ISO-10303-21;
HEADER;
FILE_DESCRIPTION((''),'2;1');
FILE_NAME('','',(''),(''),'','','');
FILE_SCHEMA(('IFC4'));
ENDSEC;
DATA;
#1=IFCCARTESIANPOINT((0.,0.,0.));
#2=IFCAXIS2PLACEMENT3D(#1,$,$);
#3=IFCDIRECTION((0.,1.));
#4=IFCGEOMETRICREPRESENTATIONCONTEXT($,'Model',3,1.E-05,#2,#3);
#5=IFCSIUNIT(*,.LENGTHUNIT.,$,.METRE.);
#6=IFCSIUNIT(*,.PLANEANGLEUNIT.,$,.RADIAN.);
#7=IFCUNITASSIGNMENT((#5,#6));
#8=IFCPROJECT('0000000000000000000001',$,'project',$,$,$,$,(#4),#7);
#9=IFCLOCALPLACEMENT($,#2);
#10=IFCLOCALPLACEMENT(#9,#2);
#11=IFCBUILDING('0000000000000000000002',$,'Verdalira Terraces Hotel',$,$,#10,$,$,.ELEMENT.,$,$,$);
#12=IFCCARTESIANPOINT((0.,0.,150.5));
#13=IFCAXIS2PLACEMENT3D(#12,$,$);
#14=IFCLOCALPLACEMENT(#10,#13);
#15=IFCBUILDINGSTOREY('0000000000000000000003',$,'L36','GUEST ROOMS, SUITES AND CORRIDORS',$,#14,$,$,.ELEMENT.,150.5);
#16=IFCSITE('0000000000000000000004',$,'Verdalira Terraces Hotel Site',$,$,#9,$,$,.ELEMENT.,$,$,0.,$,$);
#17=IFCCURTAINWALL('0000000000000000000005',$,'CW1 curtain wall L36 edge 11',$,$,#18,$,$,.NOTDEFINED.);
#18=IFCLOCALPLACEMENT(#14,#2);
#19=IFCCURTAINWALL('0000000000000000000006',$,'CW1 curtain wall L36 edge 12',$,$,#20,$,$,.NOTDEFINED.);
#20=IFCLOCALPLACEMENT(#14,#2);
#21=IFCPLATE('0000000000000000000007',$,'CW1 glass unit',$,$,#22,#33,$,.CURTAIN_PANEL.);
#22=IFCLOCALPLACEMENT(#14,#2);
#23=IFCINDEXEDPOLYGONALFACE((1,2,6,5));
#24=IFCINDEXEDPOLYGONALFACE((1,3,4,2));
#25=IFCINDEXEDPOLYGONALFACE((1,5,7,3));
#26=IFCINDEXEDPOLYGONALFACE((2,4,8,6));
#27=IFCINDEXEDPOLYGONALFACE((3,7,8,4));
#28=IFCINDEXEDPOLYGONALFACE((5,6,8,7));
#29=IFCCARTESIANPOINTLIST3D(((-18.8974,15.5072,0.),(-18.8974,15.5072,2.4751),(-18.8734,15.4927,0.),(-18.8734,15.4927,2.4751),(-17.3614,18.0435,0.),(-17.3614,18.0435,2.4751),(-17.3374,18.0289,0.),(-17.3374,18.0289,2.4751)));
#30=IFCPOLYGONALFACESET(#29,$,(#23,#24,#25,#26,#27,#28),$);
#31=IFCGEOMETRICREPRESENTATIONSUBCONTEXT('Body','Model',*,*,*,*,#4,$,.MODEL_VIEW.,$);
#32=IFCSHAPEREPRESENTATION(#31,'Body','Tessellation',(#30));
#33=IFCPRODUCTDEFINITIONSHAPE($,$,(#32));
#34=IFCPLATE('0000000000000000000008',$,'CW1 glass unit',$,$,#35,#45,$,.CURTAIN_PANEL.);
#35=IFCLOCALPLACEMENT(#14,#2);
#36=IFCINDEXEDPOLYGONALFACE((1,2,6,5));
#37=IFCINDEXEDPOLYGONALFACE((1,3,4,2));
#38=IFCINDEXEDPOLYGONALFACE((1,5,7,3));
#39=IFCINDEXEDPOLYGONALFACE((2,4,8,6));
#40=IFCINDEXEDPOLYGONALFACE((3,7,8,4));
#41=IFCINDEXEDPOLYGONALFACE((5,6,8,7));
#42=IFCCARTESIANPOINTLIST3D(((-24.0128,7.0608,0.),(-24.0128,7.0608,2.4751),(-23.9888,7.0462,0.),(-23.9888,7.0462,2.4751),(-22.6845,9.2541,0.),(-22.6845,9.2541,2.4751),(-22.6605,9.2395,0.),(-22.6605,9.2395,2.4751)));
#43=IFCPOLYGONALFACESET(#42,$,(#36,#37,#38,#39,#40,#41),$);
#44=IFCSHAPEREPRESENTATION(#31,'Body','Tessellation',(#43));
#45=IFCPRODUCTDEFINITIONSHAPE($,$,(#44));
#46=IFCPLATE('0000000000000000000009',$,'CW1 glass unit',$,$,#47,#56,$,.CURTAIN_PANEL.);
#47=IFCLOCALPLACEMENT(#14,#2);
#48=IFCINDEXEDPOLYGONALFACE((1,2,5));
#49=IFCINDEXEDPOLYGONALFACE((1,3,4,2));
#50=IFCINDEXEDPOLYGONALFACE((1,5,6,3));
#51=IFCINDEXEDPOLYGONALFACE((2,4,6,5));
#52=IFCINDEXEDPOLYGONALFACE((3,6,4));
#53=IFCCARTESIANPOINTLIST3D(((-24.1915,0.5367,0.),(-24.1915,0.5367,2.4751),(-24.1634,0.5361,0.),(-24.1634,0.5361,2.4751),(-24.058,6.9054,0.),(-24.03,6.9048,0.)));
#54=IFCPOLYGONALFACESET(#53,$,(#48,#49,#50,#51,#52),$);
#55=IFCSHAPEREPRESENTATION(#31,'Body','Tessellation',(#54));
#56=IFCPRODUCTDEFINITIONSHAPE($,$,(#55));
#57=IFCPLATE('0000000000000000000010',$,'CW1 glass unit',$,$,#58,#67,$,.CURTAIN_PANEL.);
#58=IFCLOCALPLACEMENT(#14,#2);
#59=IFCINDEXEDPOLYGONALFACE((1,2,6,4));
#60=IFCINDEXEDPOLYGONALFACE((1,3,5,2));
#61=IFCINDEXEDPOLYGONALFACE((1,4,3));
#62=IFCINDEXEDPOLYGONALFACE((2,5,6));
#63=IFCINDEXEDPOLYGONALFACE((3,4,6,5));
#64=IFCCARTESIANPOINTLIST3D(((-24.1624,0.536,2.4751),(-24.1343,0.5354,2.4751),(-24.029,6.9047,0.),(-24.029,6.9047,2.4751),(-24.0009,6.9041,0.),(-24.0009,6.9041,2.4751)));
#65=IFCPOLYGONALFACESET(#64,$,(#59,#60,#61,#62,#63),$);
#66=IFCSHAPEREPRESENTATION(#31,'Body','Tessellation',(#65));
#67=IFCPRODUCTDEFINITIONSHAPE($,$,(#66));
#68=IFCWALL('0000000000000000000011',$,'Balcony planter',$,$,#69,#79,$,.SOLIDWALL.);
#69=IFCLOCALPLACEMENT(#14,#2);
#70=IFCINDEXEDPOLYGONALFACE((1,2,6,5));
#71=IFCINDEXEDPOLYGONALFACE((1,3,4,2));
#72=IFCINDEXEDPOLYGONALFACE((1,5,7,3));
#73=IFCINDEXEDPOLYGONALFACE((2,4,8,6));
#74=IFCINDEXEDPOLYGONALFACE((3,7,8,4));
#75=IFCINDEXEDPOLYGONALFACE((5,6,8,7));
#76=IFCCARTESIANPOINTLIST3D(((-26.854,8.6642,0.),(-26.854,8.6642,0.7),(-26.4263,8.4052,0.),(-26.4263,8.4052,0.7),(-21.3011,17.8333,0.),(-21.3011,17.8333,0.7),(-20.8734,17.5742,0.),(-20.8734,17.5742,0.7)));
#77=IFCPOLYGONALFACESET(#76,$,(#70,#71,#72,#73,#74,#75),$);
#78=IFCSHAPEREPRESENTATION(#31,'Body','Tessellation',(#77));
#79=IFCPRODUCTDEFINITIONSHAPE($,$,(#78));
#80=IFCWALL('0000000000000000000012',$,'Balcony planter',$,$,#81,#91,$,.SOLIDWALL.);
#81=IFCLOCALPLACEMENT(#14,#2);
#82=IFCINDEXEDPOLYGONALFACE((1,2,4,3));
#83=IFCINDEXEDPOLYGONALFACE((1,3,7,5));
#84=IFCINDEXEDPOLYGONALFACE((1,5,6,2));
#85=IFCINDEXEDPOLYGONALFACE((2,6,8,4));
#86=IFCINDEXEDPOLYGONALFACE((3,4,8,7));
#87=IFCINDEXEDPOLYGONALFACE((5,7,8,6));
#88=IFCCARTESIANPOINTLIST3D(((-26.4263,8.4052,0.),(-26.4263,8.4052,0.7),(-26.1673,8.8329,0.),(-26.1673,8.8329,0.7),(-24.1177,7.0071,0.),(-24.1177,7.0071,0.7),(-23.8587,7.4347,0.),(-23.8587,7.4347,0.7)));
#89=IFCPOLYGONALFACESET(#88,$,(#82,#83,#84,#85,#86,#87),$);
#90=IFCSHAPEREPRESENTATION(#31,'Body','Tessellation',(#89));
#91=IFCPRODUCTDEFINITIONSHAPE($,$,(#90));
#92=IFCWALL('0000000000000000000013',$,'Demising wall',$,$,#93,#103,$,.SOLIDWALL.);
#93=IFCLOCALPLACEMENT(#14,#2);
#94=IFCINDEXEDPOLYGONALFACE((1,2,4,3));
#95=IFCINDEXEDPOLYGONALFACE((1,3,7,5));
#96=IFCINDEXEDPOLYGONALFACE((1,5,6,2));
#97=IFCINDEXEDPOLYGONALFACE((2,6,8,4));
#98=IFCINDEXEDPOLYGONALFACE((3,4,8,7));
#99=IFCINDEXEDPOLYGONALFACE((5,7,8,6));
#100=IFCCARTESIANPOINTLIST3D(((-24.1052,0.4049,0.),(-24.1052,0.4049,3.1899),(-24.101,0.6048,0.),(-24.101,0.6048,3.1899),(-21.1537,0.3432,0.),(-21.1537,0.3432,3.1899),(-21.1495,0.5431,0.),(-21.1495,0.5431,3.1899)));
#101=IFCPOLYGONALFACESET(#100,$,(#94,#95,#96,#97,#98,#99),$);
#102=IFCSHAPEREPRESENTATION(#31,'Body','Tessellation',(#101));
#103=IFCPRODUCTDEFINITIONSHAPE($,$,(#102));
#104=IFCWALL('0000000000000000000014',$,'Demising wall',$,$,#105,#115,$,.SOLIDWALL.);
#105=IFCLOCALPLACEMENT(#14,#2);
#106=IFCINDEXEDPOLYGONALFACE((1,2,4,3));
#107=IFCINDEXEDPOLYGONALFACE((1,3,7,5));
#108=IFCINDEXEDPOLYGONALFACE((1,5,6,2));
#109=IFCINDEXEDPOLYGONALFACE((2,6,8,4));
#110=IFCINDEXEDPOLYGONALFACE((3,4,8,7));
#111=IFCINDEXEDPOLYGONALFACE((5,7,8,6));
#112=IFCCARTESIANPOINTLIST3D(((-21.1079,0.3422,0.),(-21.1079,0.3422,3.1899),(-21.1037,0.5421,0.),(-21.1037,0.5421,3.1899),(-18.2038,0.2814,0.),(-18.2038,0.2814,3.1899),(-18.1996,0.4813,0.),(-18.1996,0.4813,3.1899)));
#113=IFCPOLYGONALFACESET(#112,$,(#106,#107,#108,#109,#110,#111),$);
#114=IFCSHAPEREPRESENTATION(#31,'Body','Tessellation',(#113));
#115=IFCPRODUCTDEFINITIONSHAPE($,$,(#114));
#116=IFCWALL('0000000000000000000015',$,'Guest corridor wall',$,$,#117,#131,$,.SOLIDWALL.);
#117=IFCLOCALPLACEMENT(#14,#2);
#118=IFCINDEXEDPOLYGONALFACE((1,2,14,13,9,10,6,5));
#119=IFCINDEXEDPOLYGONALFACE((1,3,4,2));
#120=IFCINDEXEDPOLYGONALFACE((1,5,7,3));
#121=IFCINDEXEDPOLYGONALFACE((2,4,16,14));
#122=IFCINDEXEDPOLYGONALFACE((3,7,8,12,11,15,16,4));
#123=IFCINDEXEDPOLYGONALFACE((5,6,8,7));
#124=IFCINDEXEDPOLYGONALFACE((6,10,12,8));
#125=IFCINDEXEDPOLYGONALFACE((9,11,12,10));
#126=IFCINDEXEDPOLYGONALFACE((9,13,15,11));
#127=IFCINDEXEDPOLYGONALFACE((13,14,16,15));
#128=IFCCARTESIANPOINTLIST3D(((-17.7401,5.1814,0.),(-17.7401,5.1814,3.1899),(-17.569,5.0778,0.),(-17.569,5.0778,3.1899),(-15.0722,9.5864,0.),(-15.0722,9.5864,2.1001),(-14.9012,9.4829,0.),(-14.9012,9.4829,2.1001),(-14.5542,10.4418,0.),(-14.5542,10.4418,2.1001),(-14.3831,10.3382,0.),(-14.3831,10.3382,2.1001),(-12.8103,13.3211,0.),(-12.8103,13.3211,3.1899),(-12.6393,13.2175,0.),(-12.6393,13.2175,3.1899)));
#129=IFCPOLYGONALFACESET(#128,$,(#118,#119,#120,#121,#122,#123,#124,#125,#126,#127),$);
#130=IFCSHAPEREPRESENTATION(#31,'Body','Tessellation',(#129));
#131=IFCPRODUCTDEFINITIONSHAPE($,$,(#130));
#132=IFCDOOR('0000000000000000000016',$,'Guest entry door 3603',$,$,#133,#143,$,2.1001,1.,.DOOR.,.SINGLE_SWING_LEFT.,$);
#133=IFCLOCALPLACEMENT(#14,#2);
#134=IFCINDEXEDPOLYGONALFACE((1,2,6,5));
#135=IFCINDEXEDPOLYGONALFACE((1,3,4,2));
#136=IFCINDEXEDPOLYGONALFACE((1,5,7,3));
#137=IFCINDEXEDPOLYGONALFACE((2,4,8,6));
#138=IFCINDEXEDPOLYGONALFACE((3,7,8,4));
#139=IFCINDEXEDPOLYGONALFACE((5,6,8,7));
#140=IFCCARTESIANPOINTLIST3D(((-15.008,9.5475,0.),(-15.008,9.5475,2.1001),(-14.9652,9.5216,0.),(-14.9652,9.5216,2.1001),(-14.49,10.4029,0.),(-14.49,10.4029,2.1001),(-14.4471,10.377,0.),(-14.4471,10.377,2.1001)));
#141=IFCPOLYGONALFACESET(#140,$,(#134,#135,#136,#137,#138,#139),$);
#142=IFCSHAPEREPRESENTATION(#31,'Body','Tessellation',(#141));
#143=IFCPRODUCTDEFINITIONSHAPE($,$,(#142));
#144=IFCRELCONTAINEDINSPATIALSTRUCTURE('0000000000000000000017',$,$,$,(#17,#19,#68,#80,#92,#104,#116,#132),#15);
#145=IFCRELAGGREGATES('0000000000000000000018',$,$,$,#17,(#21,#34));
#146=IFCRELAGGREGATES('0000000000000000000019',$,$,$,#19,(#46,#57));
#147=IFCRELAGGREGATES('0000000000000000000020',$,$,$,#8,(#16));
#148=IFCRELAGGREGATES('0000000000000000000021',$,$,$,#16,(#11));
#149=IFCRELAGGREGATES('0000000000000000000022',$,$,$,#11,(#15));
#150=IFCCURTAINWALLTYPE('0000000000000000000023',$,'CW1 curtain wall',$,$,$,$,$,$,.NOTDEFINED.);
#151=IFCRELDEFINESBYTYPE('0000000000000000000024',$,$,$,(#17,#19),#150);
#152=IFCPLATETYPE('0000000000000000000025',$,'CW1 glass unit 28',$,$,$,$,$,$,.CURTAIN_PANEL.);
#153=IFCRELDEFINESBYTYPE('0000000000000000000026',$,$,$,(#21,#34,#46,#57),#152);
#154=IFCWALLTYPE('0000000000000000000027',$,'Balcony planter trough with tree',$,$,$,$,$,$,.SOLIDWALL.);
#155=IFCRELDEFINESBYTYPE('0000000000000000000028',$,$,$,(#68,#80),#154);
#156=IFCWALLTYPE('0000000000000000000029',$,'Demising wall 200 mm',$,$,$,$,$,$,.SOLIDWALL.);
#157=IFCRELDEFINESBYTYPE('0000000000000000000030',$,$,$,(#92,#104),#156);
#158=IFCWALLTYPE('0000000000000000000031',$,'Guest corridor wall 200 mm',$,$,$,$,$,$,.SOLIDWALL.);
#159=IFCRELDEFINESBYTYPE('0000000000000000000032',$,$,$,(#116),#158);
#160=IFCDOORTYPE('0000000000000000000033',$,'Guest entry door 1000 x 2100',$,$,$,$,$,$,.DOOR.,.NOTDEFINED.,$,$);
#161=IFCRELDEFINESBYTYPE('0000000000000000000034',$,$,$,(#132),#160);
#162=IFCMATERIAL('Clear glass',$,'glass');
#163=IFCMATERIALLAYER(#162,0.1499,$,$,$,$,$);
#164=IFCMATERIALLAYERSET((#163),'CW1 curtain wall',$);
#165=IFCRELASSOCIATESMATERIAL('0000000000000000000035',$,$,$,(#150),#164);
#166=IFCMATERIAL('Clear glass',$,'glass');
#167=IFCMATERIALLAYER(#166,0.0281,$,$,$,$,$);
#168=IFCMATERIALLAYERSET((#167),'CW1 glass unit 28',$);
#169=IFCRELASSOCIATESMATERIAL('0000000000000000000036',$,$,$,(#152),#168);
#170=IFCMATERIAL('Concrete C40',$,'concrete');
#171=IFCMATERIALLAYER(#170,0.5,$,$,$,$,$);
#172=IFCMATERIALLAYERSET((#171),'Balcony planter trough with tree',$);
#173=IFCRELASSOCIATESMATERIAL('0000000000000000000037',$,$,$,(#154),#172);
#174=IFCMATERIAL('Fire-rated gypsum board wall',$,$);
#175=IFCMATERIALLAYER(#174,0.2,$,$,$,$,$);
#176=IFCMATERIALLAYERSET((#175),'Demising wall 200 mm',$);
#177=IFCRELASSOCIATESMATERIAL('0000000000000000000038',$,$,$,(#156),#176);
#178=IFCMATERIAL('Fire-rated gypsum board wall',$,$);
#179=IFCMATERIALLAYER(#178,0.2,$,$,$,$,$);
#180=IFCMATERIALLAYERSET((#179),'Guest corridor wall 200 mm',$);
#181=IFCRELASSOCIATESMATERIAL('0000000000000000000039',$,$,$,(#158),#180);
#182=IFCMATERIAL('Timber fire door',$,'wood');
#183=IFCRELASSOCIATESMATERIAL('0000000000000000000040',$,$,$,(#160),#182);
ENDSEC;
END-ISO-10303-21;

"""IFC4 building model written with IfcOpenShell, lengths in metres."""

from ifc_helpers import new_model, si_unit, direction, frame, frame_2d, origin, origin_2d, place, context, subcontext, project, spatial, polyline, rectangle, outline, extrude, material, layer, layer_set, type_object, element, fill, aggregate, save


model = new_model("IFC4")

# Units and contexts
model_context = context("Model", 3, precision=1e-05, world=origin(), true_north=direction((0.0, 1.0)))
body_context = subcontext(model_context, "Body", "Model", "MODEL_VIEW")
ifc_project = project(units=[si_unit("LENGTHUNIT", "METRE"), si_unit("PLANEANGLEUNIT", "RADIAN")], contexts=[model_context])

# Site, building, storey
site_placement = place(None, origin())
site = spatial("IfcSite", under=ifc_project, at=site_placement, Name="Verdalira Terraces Hotel Site", CompositionType="ELEMENT", RefElevation=0.0)
building_placement = place(site_placement, origin())
building = spatial("IfcBuilding", under=site, at=building_placement, Name="Verdalira Terraces Hotel", CompositionType="ELEMENT")
storey_placement = place(building_placement, frame((0.0, 0.0, 150.5)))
storey = spatial("IfcBuildingStorey", under=building, at=storey_placement, Name="L36", Description="GUEST ROOMS, SUITES AND CORRIDORS", CompositionType="ELEMENT", Elevation=150.5)

# Curtain wall
ifc_material_1 = material(Name="Clear glass", Category="glass")
ifc_layer_1 = layer(ifc_material_1, 0.1499)
ifc_layer_set_1 = layer_set([ifc_layer_1], Name="CW1 curtain wall")
curtain_wall_type = type_object("IfcCurtainWallType", Name="CW1 curtain wall", PredefinedType="NOTDEFINED", material=ifc_layer_set_1)
curtain_wall_1_placement = place(storey_placement, origin())
curtain_wall_1 = element("IfcCurtainWall", 1, at=curtain_wall_1_placement, inside=storey, type_object=curtain_wall_type, Name="CW1 curtain wall L36 edge 11", PredefinedType="NOTDEFINED")

# Curtain wall
curtain_wall_2_placement = place(storey_placement, origin())
curtain_wall_2 = element("IfcCurtainWall", 2, at=curtain_wall_2_placement, inside=storey, type_object=curtain_wall_type, Name="CW1 curtain wall L36 edge 12", PredefinedType="NOTDEFINED")

# Plates
ifc_material_2 = material(Name="Clear glass", Category="glass")
ifc_layer_2 = layer(ifc_material_2, 0.0281)
ifc_layer_set_2 = layer_set([ifc_layer_2], Name="CW1 glass unit 28")
plate_type = type_object("IfcPlateType", Name="CW1 glass unit 28", PredefinedType="CURTAIN_PANEL", material=ifc_layer_set_2)
plate_1_placement = place(storey_placement, frame((-18.1174, 16.7681, 0.0), z_axis=(0.0, 0.0, 1.0), x_axis=(-0.518027, -0.855364, 0.0)))
plate_1 = element("IfcPlate", 3, at=plate_1_placement, type_object=plate_type, Name="CW1 glass unit", PredefinedType="CURTAIN_PANEL", context=body_context, shape_type="SweptSolid", body=[
    extrude(rectangle(XDim=2.9651, YDim=0.0281, at=origin_2d()), origin(), (0.0, 0.0, 1.0), 2.4751),
])
plate_2_placement = place(storey_placement, frame((-23.3367, 8.1501, 0.0), z_axis=(0.0, 0.0, 1.0), x_axis=(-0.518027, -0.855364, 0.0)))
plate_2 = element("IfcPlate", 4, at=plate_2_placement, type_object=plate_type, Name="CW1 glass unit", PredefinedType="CURTAIN_PANEL", context=body_context, shape_type="SweptSolid", body=[
    extrude(rectangle(XDim=2.5642, YDim=0.0281, at=origin_2d()), origin(), (0.0, 0.0, 1.0), 2.4751),
])
aggregate(curtain_wall_1, [plate_1, plate_2])
plate_3_placement = place(storey_placement, frame((-24.0967, 3.7205, 1.2375), z_axis=(-0.999781, 0.020942, 0.0), x_axis=(-0.020942, -0.999781, 0.0)))
plate_3 = element("IfcPlate", 5, at=plate_3_placement, type_object=plate_type, Name="CW1 glass unit", PredefinedType="CURTAIN_PANEL", context=body_context, shape_type="SweptSolid", body=[
    extrude(outline(polyline([(-3.1851, -1.2375), (3.1851, -1.2375), (3.1851, 1.2375), (-3.1851, -1.2375)])), origin(), (0.0, 0.0, 1.0), 0.0281),
])
plate_4_placement = place(storey_placement, frame((-24.0676, 3.7197, 1.2375), z_axis=(-0.999781, 0.020942, 0.0), x_axis=(-0.020942, -0.999781, 0.0)))
plate_4 = element("IfcPlate", 6, at=plate_4_placement, type_object=plate_type, Name="CW1 glass unit", PredefinedType="CURTAIN_PANEL", context=body_context, shape_type="SweptSolid", body=[
    extrude(outline(polyline([(-3.1851, -1.2375), (3.1851, 1.2375), (-3.1851, 1.2375), (-3.1851, -1.2375)])), origin(), (0.0, 0.0, 1.0), 0.0281),
])
aggregate(curtain_wall_2, [plate_3, plate_4])

# Walls
ifc_material_3 = material(Name="Concrete C40", Category="concrete")
ifc_layer_3 = layer(ifc_material_3, 0.5)
ifc_layer_set_3 = layer_set([ifc_layer_3], Name="Balcony planter trough with tree")
wall_type_1 = type_object("IfcWallType", Name="Balcony planter trough with tree", PredefinedType="SOLIDWALL", material=ifc_layer_set_3)
wall_1_placement = place(storey_placement, frame((-21.0872, 17.7039, 0.0), z_axis=(0.0, 0.0, 1.0), x_axis=(-0.518022, -0.855368, 0.0)))
element("IfcWall", 7, at=wall_1_placement, inside=storey, type_object=wall_type_1, Name="Balcony planter", PredefinedType="SOLIDWALL", context=body_context, shape_type="SweptSolid", body=[
    extrude(rectangle(XDim=10.7195, YDim=0.5, at=frame_2d((5.3599, 0.0))), origin(), (0.0, 0.0, 1.0), 0.7),
])
wall_2_placement = place(storey_placement, frame((-26.2969, 8.6191, 0.0), z_axis=(0.0, 0.0, 1.0), x_axis=(0.855355, -0.518043, 0.0)))
element("IfcWall", 8, at=wall_2_placement, inside=storey, type_object=wall_type_1, Name="Balcony planter", PredefinedType="SOLIDWALL", context=body_context, shape_type="SweptSolid", body=[
    extrude(rectangle(XDim=2.699, YDim=0.5, at=frame_2d((1.3496, 0.0))), origin(), (0.0, 0.0, 1.0), 0.7),
])
ifc_material_4 = material(Name="Fire-rated gypsum board wall")
ifc_layer_4 = layer(ifc_material_4, 0.2)
ifc_layer_set_4 = layer_set([ifc_layer_4], Name="Demising wall 200 mm")
wall_type_2 = type_object("IfcWallType", Name="Demising wall 200 mm", PredefinedType="SOLIDWALL", material=ifc_layer_set_4)
wall_3_placement = place(storey_placement, frame((-21.1516, 0.4431, 0.0), z_axis=(0.0, 0.0, 1.0), x_axis=(-0.999781, 0.020924, 0.0)))
element("IfcWall", 9, at=wall_3_placement, inside=storey, type_object=wall_type_2, Name="Demising wall", PredefinedType="SOLIDWALL", context=body_context, shape_type="SweptSolid", body=[
    extrude(rectangle(XDim=2.9521, YDim=0.2, at=frame_2d((1.4761, 0.0))), origin(), (0.0, 0.0, 1.0), 3.1899),
])
wall_4_placement = place(storey_placement, frame((-18.2017, 0.3813, 0.0), z_axis=(0.0, 0.0, 1.0), x_axis=(-0.999781, 0.020929, 0.0)))
element("IfcWall", 10, at=wall_4_placement, inside=storey, type_object=wall_type_2, Name="Demising wall", PredefinedType="SOLIDWALL", context=body_context, shape_type="SweptSolid", body=[
    extrude(rectangle(XDim=2.9048, YDim=0.2, at=frame_2d((1.4524, 0.0))), origin(), (0.0, 0.0, 1.0), 3.1899),
])

# Wall, opening, door
ifc_material_5 = material(Name="Fire-rated gypsum board wall")
ifc_layer_5 = layer(ifc_material_5, 0.2)
ifc_layer_set_5 = layer_set([ifc_layer_5], Name="Guest corridor wall 200 mm")
wall_type_3 = type_object("IfcWallType", Name="Guest corridor wall 200 mm", PredefinedType="SOLIDWALL", material=ifc_layer_set_5)
wall_5_placement = place(storey_placement, frame((-17.6545, 5.1296, 0.0), z_axis=(0.0, 0.0, 1.0), x_axis=(0.518038, 0.855358, 0.0)))
wall_5 = element("IfcWall", 11, at=wall_5_placement, inside=storey, type_object=wall_type_3, Name="Guest corridor wall", PredefinedType="SOLIDWALL", context=body_context, shape_type="SweptSolid", body=[
    extrude(rectangle(XDim=9.5161, YDim=0.2, at=frame_2d((4.7581, 0.0))), origin(), (0.0, 0.0, 1.0), 3.1899),
])
opening_1_placement = place(wall_5_placement, frame((5.1499, 0.0, 0.0)))
opening_1 = element("IfcOpeningElement", 12, at=opening_1_placement, cuts=wall_5, PredefinedType="OPENING", context=body_context, shape_type="SweptSolid", body=[
    extrude(rectangle(XDim=1.0, YDim=2.1001, at=frame_2d((0.5, 1.05))), frame((0.0, 0.1099, 0.0), z_axis=(0.0, -1.0, 0.0), x_axis=(1.0, 0.0, 0.0)), (0.0, 0.0, 1.0), 0.22),
])
ifc_material_6 = material(Name="Timber fire door", Category="wood")
door_type_1 = type_object("IfcDoorType", Name="Guest entry door 1000 x 2100", OperationType="NOTDEFINED", PredefinedType="DOOR", material=ifc_material_6)
door_1_placement = place(opening_1_placement, origin())
door_1 = element("IfcDoor", 13, at=door_1_placement, inside=storey, type_object=door_type_1, Name="Guest entry door 3603", OperationType="SINGLE_SWING_LEFT", OverallHeight=2.1001, OverallWidth=1.0, PredefinedType="DOOR", context=body_context, shape_type="SweptSolid", body=[
    extrude(rectangle(XDim=1.0, YDim=2.1001, at=frame_2d((0.5, 1.05))), frame((0.0, 0.0249, 0.0), z_axis=(0.0, -1.0, 0.0), x_axis=(1.0, 0.0, 0.0)), (0.0, 0.0, 1.0), 0.05),
])
fill(opening_1, door_1)

save(model, "model.ifc")
